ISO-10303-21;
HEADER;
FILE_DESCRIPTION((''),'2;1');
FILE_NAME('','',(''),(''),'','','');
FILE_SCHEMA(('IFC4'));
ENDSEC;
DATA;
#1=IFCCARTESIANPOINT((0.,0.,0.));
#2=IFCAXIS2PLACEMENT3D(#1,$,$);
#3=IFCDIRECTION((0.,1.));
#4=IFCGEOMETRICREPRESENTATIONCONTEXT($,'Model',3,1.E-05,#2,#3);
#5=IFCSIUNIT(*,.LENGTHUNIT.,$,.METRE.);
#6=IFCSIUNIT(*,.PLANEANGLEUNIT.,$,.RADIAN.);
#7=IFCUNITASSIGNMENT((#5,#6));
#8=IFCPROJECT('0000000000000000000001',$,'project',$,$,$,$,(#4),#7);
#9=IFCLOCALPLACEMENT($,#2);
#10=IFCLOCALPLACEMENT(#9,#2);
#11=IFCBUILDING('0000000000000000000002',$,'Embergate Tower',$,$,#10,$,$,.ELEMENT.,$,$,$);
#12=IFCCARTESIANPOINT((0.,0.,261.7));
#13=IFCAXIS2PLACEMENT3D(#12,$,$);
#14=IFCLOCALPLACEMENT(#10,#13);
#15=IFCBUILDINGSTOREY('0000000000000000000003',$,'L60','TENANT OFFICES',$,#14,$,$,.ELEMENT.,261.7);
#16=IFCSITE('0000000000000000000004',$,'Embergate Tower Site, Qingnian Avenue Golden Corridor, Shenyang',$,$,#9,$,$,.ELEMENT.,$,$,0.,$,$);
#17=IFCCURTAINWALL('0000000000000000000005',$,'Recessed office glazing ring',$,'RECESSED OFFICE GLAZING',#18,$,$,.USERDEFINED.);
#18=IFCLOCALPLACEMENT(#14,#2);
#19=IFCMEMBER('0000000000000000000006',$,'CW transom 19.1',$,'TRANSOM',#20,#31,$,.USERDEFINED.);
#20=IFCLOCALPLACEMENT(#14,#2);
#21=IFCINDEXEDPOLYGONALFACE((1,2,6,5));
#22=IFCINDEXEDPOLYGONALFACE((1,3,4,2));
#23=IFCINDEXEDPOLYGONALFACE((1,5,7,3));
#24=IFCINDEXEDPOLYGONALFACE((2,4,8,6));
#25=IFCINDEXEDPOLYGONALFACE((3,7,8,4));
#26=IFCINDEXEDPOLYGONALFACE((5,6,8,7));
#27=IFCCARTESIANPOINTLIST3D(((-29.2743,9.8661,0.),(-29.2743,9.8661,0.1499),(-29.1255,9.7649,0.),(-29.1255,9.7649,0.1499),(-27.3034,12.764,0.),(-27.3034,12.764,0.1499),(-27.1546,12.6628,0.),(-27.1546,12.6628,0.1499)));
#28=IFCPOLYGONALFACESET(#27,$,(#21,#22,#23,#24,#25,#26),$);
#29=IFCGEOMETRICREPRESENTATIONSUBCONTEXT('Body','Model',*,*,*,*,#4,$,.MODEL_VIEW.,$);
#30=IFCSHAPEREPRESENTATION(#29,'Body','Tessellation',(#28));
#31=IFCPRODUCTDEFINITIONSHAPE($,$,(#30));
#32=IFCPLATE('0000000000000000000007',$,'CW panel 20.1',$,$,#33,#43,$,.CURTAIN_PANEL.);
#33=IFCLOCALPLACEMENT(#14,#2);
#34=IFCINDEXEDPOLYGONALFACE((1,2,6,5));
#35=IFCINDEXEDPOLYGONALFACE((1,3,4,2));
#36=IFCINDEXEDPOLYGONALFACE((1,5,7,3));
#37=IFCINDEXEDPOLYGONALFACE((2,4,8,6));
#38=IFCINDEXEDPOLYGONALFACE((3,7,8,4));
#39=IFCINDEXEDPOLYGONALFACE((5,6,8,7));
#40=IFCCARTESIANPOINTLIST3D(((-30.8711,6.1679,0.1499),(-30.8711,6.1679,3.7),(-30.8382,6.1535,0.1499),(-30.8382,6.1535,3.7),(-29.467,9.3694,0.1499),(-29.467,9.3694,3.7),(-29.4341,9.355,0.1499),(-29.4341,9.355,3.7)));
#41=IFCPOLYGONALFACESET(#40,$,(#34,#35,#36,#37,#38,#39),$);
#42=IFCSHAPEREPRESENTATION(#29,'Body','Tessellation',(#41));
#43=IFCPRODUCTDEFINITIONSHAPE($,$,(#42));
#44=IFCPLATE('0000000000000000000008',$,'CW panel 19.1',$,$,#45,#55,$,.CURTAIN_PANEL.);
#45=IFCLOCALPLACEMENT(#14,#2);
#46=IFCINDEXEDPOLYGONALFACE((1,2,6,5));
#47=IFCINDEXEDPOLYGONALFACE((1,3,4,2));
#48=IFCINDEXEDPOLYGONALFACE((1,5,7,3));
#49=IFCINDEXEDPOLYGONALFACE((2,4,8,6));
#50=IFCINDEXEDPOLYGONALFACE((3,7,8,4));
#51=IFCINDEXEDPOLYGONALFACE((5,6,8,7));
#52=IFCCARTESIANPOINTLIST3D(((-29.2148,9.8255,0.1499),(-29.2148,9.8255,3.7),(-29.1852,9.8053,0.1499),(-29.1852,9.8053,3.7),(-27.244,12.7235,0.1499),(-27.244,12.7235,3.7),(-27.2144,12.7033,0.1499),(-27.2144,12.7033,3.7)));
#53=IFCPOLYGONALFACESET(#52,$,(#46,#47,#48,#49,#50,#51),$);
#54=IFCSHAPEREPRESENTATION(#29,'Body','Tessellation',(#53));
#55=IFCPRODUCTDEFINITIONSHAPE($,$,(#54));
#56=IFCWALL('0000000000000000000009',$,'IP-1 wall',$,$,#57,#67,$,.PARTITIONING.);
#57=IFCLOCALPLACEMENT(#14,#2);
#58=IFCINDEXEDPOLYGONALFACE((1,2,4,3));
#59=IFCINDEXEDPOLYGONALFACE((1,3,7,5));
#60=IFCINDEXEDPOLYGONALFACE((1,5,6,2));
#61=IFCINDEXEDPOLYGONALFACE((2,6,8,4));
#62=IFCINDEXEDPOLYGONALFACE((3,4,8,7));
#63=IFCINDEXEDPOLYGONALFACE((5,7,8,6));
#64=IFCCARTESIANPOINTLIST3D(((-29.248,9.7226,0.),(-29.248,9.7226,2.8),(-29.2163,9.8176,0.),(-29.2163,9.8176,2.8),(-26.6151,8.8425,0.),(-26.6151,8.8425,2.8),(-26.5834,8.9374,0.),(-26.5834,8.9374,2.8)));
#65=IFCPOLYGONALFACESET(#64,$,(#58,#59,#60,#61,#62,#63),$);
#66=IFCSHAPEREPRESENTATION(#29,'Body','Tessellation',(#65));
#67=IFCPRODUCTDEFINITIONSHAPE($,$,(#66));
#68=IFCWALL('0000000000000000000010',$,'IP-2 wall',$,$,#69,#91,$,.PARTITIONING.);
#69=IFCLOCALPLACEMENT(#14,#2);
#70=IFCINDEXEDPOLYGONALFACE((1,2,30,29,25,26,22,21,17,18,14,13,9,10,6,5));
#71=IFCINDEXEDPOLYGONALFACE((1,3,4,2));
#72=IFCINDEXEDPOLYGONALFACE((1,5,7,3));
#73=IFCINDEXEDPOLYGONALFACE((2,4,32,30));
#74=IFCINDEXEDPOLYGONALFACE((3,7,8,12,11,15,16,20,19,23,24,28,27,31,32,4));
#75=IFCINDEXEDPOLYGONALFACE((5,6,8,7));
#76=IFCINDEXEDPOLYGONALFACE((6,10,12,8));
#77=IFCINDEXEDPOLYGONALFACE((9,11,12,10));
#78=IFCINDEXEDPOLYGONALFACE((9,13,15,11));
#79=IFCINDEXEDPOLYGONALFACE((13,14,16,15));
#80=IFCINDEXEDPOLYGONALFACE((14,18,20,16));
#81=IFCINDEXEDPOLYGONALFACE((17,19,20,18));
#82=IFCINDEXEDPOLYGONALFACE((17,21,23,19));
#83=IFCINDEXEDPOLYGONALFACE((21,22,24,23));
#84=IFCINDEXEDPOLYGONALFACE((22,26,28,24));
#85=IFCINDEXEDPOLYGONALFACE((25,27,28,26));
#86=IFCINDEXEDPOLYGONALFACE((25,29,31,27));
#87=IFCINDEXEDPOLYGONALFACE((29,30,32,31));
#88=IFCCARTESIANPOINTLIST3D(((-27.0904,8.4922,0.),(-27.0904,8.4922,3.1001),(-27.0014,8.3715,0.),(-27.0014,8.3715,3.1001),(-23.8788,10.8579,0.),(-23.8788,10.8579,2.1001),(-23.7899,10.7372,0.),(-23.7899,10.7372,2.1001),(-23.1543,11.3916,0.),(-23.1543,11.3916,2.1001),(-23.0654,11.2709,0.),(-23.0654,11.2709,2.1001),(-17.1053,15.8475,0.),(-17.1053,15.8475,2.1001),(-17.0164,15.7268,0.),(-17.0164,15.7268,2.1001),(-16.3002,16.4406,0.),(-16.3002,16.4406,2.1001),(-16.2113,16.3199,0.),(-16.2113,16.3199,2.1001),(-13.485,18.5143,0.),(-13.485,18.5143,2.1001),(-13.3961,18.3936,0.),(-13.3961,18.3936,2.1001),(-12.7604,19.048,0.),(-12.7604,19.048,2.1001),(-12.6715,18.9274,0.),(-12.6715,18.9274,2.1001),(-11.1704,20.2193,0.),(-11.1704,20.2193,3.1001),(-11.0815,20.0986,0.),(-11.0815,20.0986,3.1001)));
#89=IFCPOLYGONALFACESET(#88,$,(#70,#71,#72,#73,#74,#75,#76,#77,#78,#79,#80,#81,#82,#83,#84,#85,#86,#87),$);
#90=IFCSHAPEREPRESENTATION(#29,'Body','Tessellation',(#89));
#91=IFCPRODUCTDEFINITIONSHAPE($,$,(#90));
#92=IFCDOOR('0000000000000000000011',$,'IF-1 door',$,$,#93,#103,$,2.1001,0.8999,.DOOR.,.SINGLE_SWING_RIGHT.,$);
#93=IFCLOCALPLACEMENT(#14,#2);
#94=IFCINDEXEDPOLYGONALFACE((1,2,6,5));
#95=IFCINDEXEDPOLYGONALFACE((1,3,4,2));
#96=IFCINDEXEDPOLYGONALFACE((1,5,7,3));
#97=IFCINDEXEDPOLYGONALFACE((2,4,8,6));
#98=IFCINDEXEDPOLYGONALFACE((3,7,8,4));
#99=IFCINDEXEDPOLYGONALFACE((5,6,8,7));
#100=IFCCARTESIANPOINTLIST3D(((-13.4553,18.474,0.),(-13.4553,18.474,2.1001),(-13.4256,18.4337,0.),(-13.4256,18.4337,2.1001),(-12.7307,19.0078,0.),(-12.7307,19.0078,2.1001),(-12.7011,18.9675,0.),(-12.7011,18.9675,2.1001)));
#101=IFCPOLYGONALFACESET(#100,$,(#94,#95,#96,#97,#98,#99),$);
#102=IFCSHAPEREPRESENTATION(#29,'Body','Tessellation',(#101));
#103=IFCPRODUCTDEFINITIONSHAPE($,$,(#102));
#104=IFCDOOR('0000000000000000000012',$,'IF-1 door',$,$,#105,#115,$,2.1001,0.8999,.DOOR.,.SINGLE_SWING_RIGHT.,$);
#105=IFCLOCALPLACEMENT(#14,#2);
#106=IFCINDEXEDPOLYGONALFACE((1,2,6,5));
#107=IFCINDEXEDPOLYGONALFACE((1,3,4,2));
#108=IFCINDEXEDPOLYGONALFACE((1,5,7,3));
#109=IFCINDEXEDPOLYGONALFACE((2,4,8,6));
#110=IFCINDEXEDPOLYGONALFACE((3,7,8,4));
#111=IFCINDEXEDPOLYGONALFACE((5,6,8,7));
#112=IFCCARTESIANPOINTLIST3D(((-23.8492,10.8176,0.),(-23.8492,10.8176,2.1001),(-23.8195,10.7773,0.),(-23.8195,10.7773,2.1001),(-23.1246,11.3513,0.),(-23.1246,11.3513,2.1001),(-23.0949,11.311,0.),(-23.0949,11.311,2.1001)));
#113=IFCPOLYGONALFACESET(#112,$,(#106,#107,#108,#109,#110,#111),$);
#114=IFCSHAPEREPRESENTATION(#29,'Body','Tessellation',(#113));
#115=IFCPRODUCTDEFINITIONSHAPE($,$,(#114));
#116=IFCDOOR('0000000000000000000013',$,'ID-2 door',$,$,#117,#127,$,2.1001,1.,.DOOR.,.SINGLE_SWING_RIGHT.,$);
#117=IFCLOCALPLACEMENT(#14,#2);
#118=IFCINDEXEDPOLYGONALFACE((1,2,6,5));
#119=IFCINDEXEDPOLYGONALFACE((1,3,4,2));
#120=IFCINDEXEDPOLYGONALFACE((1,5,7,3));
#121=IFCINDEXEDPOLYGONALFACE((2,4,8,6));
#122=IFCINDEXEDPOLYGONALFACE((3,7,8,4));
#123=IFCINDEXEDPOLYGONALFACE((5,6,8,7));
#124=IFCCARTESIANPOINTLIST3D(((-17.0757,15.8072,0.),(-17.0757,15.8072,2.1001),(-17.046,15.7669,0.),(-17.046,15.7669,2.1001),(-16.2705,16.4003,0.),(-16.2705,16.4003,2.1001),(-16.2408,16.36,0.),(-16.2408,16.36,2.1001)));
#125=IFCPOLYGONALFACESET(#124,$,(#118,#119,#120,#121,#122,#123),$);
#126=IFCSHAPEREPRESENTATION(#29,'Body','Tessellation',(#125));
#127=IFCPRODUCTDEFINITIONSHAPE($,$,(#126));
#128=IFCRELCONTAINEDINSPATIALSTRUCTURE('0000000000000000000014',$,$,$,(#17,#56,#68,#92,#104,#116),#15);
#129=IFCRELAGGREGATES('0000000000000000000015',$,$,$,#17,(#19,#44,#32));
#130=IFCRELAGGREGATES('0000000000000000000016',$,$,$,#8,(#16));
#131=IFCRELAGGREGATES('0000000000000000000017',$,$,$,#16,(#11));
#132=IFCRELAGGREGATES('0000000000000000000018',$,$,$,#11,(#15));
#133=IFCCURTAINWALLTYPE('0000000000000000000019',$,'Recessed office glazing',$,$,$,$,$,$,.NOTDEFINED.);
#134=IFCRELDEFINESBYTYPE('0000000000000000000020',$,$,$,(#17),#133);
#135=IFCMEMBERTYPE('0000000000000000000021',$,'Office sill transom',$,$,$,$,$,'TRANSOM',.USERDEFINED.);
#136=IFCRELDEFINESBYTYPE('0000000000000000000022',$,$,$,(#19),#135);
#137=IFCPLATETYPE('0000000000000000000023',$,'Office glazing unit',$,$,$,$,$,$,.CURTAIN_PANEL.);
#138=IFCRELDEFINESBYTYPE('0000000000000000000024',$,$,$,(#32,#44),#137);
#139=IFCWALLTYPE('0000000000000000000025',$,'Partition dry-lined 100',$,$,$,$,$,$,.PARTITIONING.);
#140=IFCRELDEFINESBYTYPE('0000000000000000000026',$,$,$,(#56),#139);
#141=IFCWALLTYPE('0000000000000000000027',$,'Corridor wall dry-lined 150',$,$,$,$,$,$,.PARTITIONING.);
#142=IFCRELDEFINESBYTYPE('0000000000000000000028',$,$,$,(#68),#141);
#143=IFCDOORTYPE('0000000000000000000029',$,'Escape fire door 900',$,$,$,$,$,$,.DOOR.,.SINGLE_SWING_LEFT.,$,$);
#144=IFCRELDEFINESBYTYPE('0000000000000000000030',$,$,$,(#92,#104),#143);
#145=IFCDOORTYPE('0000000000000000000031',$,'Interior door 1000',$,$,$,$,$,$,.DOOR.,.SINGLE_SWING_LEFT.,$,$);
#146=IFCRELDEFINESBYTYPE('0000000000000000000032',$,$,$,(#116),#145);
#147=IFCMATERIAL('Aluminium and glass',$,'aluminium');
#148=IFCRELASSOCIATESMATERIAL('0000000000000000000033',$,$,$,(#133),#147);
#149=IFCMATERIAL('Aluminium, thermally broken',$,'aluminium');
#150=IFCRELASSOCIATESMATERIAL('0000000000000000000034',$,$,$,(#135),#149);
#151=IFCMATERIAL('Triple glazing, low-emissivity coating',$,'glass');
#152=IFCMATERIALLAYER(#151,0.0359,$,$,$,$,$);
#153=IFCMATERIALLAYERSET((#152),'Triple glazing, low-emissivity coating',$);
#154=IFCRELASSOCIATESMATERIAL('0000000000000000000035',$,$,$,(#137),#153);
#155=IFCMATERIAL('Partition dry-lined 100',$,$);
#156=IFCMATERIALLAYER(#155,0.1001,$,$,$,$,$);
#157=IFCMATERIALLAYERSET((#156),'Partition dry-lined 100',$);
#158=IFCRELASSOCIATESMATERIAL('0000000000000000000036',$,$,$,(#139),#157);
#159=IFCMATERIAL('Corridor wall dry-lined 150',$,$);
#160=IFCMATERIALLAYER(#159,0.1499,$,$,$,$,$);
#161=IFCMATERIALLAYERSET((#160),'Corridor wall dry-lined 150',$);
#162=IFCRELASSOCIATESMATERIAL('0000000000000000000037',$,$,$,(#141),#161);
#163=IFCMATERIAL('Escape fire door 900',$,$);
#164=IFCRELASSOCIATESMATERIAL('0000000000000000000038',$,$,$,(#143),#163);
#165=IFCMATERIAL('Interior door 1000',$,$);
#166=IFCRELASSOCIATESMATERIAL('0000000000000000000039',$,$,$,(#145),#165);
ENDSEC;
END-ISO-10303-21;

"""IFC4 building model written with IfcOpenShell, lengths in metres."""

from ifc_helpers import new_model, si_unit, direction, frame, frame_2d, origin, origin_2d, place, context, subcontext, project, spatial, rectangle, extrude, source, transform, mapped, material, layer, layer_set, material_profile, profile_set, type_object, element, fill, aggregate, save


model = new_model("IFC4")

# Units and contexts
model_context = context("Model", 3, precision=1e-05, world=origin(), true_north=direction((0.0, 1.0)))
body_context = subcontext(model_context, "Body", "Model", "MODEL_VIEW")
ifc_project = project(units=[si_unit("LENGTHUNIT", "METRE"), si_unit("PLANEANGLEUNIT", "RADIAN")], contexts=[model_context])

# Site, building, storey
site_placement = place(None, origin())
site = spatial("IfcSite", under=ifc_project, at=site_placement, Name="Embergate Tower Site, Qingnian Avenue Golden Corridor, Shenyang", CompositionType="ELEMENT", RefElevation=0.0)
building_placement = place(site_placement, origin())
building = spatial("IfcBuilding", under=site, at=building_placement, Name="Embergate Tower", CompositionType="ELEMENT")
storey_placement = place(building_placement, frame((0.0, 0.0, 261.7)))
storey = spatial("IfcBuildingStorey", under=building, at=storey_placement, Name="L60", Description="TENANT OFFICES", CompositionType="ELEMENT", Elevation=261.7)

# Curtain wall, member, plates
ifc_material_1 = material(Name="Aluminium and glass", Category="aluminium")
curtain_wall_type = type_object("IfcCurtainWallType", Name="Recessed office glazing", PredefinedType="NOTDEFINED", material=ifc_material_1)
curtain_wall_placement = place(storey_placement, origin())
curtain_wall = element("IfcCurtainWall", 1, at=curtain_wall_placement, inside=storey, type_object=curtain_wall_type, Name="Recessed office glazing ring", ObjectType="RECESSED OFFICE GLAZING", PredefinedType="USERDEFINED")
ifc_material_2 = material(Name="Aluminium, thermally broken", Category="aluminium")
ifc_material_profile_1 = material_profile(ifc_material_2, rectangle(XDim=0.1799, YDim=0.1499, at=origin_2d()), Name="AL 150x180")
ifc_profile_set_1 = profile_set([ifc_material_profile_1], Name="Aluminium, thermally broken")
member_type_1 = type_object("IfcMemberType", Name="Office sill transom", ElementType="TRANSOM", PredefinedType="USERDEFINED", material=ifc_profile_set_1)
shared_shape_1 = source(origin(), body_context, "Body", "SweptSolid", [
    extrude(rectangle(XDim=0.1799, YDim=0.1499, at=origin_2d()), origin(), (0.0, 0.0, 1.0), 3.5046),
])
member_1_placement = place(storey_placement, frame((-27.229, 12.7134, 0.075), z_axis=(-0.562377, -0.826881, 0.0), x_axis=(0.826881, -0.562377, 0.0)))
member_1 = element("IfcMember", 2, at=member_1_placement, type_object=member_type_1, Name="CW transom 19.1", ObjectType="TRANSOM", PredefinedType="USERDEFINED", context=body_context, shape_type="MappedRepresentation", body=[
    mapped(shared_shape_1, transform((0.0, 0.0, 0.0))),
])
ifc_material_3 = material(Name="Triple glazing, low-emissivity coating", Category="glass")
ifc_layer_1 = layer(ifc_material_3, 0.0359)
ifc_layer_set_1 = layer_set([ifc_layer_1], Name="Triple glazing, low-emissivity coating")
plate_type = type_object("IfcPlateType", Name="Office glazing unit", PredefinedType="CURTAIN_PANEL", material=ifc_layer_set_1)
shared_shape_2 = source(origin(), body_context, "Body", "SweptSolid", [
    extrude(rectangle(XDim=3.4958, YDim=0.0359, at=origin_2d()), origin(), (0.0, 0.0, 1.0), 3.55),
])
plate_1_placement = place(storey_placement, frame((-30.1526, 7.7615, 0.1499), z_axis=(0.0, 0.0, 1.0), x_axis=(-0.401657, -0.91579, 0.0)))
plate_1 = element("IfcPlate", 3, at=plate_1_placement, type_object=plate_type, Name="CW panel 20.1", PredefinedType="CURTAIN_PANEL", context=body_context, shape_type="MappedRepresentation", body=[
    mapped(shared_shape_2, transform((0.0, 0.0, 0.0))),
])
shared_shape_3 = source(origin(), body_context, "Body", "SweptSolid", [
    extrude(rectangle(XDim=3.5046, YDim=0.0359, at=origin_2d()), origin(), (0.0, 0.0, 1.0), 3.55),
])
plate_2_placement = place(storey_placement, frame((-28.2146, 11.2644, 0.1499), z_axis=(0.0, 0.0, 1.0), x_axis=(-0.562346, -0.826902, 0.0)))
plate_2 = element("IfcPlate", 4, at=plate_2_placement, type_object=plate_type, Name="CW panel 19.1", PredefinedType="CURTAIN_PANEL", context=body_context, shape_type="MappedRepresentation", body=[
    mapped(shared_shape_3, transform((0.0, 0.0, 0.0))),
])
aggregate(curtain_wall, [member_1, plate_2, plate_1])

# Wall
ifc_material_4 = material(Name="Partition dry-lined 100")
ifc_layer_2 = layer(ifc_material_4, 0.1001)
ifc_layer_set_2 = layer_set([ifc_layer_2], Name="Partition dry-lined 100")
wall_type_1 = type_object("IfcWallType", Name="Partition dry-lined 100", PredefinedType="PARTITIONING", material=ifc_layer_set_2)
shared_shape_4 = source(origin(), body_context, "Body", "SweptSolid", [
    extrude(rectangle(XDim=2.7761, YDim=0.1001, at=frame_2d((1.3882, 0.0))), origin(), (0.0, 0.0, 1.0), 2.8),
])
wall_1_placement = place(storey_placement, frame((-26.5991, 8.8899, 0.0), z_axis=(0.0, 0.0, 1.0), x_axis=(-0.94841, 0.317046, 0.0)))
element("IfcWall", 5, at=wall_1_placement, inside=storey, type_object=wall_type_1, Name="IP-1 wall", PredefinedType="PARTITIONING", context=body_context, shape_type="MappedRepresentation", body=[
    mapped(shared_shape_4, transform((0.0, 0.0, 0.0))),
])

# Wall, openings, doors
ifc_material_5 = material(Name="Corridor wall dry-lined 150")
ifc_layer_3 = layer(ifc_material_5, 0.1499)
ifc_layer_set_3 = layer_set([ifc_layer_3], Name="Corridor wall dry-lined 150")
wall_type_2 = type_object("IfcWallType", Name="Corridor wall dry-lined 150", PredefinedType="PARTITIONING", material=ifc_layer_set_3)
shared_shape_5 = source(origin(), body_context, "Body", "SweptSolid", [
    extrude(rectangle(XDim=19.7729, YDim=0.1499, at=frame_2d((9.8865, 0.0))), origin(), (0.0, 0.0, 1.0), 3.1001),
])
wall_2_placement = place(storey_placement, frame((-27.0459, 8.4319, 0.0), z_axis=(0.0, 0.0, 1.0), x_axis=(0.805138, 0.593087, 0.0)))
wall_2 = element("IfcWall", 6, at=wall_2_placement, inside=storey, type_object=wall_type_2, Name="IP-2 wall", PredefinedType="PARTITIONING", context=body_context, shape_type="MappedRepresentation", body=[
    mapped(shared_shape_5, transform((0.0, 0.0, 0.0))),
])
shared_shape_6 = source(origin(), body_context, "Body", "SweptSolid", [
    extrude(rectangle(XDim=0.8999, YDim=2.1001, at=frame_2d((0.45, 1.05))), frame((0.0, 0.085, 0.0), z_axis=(0.0, -1.0, 0.0), x_axis=(1.0, 0.0, 0.0)), (0.0, 0.0, 1.0), 0.1699),
])
opening_1_placement = place(wall_2_placement, frame((16.8982, 0.0, 0.0)))
opening_1 = element("IfcOpeningElement", 7, at=opening_1_placement, cuts=wall_2, PredefinedType="OPENING", context=body_context, shape_type="MappedRepresentation", body=[
    mapped(shared_shape_6, transform((0.0, 0.0, 0.0))),
])
shared_shape_7 = source(origin(), body_context, "Body", "SweptSolid", [
    extrude(rectangle(XDim=1.0, YDim=2.1001, at=frame_2d((0.5, 1.05))), frame((0.0, 0.085, 0.0), z_axis=(0.0, -1.0, 0.0), x_axis=(1.0, 0.0, 0.0)), (0.0, 0.0, 1.0), 0.1699),
])
opening_2_placement = place(wall_2_placement, frame((12.4016, 0.0, 0.0)))
opening_2 = element("IfcOpeningElement", 8, at=opening_2_placement, cuts=wall_2, PredefinedType="OPENING", context=body_context, shape_type="MappedRepresentation", body=[
    mapped(shared_shape_7, transform((0.0, 0.0, 0.0))),
])
opening_3_placement = place(wall_2_placement, frame((3.9888, 0.0, 0.0)))
opening_3 = element("IfcOpeningElement", 9, at=opening_3_placement, cuts=wall_2, PredefinedType="OPENING", context=body_context, shape_type="MappedRepresentation", body=[
    mapped(shared_shape_6, transform((0.0, 0.0, 0.0))),
])
ifc_material_6 = material(Name="Escape fire door 900")
door_type_1 = type_object("IfcDoorType", Name="Escape fire door 900", OperationType="SINGLE_SWING_LEFT", PredefinedType="DOOR", material=ifc_material_6)
shared_shape_8 = source(origin(), body_context, "Body", "SweptSolid", [
    extrude(rectangle(XDim=0.8999, YDim=2.1001, at=frame_2d((0.45, 1.05))), frame((0.0, 0.0249, 0.0), z_axis=(0.0, -1.0, 0.0), x_axis=(1.0, 0.0, 0.0)), (0.0, 0.0, 1.0), 0.05),
])
door_1_placement = place(opening_1_placement, origin())
door_1 = element("IfcDoor", 10, at=door_1_placement, inside=storey, type_object=door_type_1, Name="IF-1 door", OperationType="SINGLE_SWING_RIGHT", OverallHeight=2.1001, OverallWidth=0.8999, PredefinedType="DOOR", context=body_context, shape_type="MappedRepresentation", body=[
    mapped(shared_shape_8, transform((0.0, 0.0, 0.0))),
])
fill(opening_1, door_1)
door_2_placement = place(opening_3_placement, origin())
door_2 = element("IfcDoor", 11, at=door_2_placement, inside=storey, type_object=door_type_1, Name="IF-1 door", OperationType="SINGLE_SWING_RIGHT", OverallHeight=2.1001, OverallWidth=0.8999, PredefinedType="DOOR", context=body_context, shape_type="MappedRepresentation", body=[
    mapped(shared_shape_8, transform((0.0, 0.0, 0.0))),
])
fill(opening_3, door_2)
ifc_material_7 = material(Name="Interior door 1000")
door_type_2 = type_object("IfcDoorType", Name="Interior door 1000", OperationType="SINGLE_SWING_LEFT", PredefinedType="DOOR", material=ifc_material_7)
shared_shape_9 = source(origin(), body_context, "Body", "SweptSolid", [
    extrude(rectangle(XDim=1.0, YDim=2.1001, at=frame_2d((0.5, 1.05))), frame((0.0, 0.0249, 0.0), z_axis=(0.0, -1.0, 0.0), x_axis=(1.0, 0.0, 0.0)), (0.0, 0.0, 1.0), 0.05),
])
door_3_placement = place(opening_2_placement, origin())
door_3 = element("IfcDoor", 12, at=door_3_placement, inside=storey, type_object=door_type_2, Name="ID-2 door", OperationType="SINGLE_SWING_RIGHT", OverallHeight=2.1001, OverallWidth=1.0, PredefinedType="DOOR", context=body_context, shape_type="MappedRepresentation", body=[
    mapped(shared_shape_9, transform((0.0, 0.0, 0.0))),
])
fill(opening_2, door_3)

save(model, "model.ifc")
